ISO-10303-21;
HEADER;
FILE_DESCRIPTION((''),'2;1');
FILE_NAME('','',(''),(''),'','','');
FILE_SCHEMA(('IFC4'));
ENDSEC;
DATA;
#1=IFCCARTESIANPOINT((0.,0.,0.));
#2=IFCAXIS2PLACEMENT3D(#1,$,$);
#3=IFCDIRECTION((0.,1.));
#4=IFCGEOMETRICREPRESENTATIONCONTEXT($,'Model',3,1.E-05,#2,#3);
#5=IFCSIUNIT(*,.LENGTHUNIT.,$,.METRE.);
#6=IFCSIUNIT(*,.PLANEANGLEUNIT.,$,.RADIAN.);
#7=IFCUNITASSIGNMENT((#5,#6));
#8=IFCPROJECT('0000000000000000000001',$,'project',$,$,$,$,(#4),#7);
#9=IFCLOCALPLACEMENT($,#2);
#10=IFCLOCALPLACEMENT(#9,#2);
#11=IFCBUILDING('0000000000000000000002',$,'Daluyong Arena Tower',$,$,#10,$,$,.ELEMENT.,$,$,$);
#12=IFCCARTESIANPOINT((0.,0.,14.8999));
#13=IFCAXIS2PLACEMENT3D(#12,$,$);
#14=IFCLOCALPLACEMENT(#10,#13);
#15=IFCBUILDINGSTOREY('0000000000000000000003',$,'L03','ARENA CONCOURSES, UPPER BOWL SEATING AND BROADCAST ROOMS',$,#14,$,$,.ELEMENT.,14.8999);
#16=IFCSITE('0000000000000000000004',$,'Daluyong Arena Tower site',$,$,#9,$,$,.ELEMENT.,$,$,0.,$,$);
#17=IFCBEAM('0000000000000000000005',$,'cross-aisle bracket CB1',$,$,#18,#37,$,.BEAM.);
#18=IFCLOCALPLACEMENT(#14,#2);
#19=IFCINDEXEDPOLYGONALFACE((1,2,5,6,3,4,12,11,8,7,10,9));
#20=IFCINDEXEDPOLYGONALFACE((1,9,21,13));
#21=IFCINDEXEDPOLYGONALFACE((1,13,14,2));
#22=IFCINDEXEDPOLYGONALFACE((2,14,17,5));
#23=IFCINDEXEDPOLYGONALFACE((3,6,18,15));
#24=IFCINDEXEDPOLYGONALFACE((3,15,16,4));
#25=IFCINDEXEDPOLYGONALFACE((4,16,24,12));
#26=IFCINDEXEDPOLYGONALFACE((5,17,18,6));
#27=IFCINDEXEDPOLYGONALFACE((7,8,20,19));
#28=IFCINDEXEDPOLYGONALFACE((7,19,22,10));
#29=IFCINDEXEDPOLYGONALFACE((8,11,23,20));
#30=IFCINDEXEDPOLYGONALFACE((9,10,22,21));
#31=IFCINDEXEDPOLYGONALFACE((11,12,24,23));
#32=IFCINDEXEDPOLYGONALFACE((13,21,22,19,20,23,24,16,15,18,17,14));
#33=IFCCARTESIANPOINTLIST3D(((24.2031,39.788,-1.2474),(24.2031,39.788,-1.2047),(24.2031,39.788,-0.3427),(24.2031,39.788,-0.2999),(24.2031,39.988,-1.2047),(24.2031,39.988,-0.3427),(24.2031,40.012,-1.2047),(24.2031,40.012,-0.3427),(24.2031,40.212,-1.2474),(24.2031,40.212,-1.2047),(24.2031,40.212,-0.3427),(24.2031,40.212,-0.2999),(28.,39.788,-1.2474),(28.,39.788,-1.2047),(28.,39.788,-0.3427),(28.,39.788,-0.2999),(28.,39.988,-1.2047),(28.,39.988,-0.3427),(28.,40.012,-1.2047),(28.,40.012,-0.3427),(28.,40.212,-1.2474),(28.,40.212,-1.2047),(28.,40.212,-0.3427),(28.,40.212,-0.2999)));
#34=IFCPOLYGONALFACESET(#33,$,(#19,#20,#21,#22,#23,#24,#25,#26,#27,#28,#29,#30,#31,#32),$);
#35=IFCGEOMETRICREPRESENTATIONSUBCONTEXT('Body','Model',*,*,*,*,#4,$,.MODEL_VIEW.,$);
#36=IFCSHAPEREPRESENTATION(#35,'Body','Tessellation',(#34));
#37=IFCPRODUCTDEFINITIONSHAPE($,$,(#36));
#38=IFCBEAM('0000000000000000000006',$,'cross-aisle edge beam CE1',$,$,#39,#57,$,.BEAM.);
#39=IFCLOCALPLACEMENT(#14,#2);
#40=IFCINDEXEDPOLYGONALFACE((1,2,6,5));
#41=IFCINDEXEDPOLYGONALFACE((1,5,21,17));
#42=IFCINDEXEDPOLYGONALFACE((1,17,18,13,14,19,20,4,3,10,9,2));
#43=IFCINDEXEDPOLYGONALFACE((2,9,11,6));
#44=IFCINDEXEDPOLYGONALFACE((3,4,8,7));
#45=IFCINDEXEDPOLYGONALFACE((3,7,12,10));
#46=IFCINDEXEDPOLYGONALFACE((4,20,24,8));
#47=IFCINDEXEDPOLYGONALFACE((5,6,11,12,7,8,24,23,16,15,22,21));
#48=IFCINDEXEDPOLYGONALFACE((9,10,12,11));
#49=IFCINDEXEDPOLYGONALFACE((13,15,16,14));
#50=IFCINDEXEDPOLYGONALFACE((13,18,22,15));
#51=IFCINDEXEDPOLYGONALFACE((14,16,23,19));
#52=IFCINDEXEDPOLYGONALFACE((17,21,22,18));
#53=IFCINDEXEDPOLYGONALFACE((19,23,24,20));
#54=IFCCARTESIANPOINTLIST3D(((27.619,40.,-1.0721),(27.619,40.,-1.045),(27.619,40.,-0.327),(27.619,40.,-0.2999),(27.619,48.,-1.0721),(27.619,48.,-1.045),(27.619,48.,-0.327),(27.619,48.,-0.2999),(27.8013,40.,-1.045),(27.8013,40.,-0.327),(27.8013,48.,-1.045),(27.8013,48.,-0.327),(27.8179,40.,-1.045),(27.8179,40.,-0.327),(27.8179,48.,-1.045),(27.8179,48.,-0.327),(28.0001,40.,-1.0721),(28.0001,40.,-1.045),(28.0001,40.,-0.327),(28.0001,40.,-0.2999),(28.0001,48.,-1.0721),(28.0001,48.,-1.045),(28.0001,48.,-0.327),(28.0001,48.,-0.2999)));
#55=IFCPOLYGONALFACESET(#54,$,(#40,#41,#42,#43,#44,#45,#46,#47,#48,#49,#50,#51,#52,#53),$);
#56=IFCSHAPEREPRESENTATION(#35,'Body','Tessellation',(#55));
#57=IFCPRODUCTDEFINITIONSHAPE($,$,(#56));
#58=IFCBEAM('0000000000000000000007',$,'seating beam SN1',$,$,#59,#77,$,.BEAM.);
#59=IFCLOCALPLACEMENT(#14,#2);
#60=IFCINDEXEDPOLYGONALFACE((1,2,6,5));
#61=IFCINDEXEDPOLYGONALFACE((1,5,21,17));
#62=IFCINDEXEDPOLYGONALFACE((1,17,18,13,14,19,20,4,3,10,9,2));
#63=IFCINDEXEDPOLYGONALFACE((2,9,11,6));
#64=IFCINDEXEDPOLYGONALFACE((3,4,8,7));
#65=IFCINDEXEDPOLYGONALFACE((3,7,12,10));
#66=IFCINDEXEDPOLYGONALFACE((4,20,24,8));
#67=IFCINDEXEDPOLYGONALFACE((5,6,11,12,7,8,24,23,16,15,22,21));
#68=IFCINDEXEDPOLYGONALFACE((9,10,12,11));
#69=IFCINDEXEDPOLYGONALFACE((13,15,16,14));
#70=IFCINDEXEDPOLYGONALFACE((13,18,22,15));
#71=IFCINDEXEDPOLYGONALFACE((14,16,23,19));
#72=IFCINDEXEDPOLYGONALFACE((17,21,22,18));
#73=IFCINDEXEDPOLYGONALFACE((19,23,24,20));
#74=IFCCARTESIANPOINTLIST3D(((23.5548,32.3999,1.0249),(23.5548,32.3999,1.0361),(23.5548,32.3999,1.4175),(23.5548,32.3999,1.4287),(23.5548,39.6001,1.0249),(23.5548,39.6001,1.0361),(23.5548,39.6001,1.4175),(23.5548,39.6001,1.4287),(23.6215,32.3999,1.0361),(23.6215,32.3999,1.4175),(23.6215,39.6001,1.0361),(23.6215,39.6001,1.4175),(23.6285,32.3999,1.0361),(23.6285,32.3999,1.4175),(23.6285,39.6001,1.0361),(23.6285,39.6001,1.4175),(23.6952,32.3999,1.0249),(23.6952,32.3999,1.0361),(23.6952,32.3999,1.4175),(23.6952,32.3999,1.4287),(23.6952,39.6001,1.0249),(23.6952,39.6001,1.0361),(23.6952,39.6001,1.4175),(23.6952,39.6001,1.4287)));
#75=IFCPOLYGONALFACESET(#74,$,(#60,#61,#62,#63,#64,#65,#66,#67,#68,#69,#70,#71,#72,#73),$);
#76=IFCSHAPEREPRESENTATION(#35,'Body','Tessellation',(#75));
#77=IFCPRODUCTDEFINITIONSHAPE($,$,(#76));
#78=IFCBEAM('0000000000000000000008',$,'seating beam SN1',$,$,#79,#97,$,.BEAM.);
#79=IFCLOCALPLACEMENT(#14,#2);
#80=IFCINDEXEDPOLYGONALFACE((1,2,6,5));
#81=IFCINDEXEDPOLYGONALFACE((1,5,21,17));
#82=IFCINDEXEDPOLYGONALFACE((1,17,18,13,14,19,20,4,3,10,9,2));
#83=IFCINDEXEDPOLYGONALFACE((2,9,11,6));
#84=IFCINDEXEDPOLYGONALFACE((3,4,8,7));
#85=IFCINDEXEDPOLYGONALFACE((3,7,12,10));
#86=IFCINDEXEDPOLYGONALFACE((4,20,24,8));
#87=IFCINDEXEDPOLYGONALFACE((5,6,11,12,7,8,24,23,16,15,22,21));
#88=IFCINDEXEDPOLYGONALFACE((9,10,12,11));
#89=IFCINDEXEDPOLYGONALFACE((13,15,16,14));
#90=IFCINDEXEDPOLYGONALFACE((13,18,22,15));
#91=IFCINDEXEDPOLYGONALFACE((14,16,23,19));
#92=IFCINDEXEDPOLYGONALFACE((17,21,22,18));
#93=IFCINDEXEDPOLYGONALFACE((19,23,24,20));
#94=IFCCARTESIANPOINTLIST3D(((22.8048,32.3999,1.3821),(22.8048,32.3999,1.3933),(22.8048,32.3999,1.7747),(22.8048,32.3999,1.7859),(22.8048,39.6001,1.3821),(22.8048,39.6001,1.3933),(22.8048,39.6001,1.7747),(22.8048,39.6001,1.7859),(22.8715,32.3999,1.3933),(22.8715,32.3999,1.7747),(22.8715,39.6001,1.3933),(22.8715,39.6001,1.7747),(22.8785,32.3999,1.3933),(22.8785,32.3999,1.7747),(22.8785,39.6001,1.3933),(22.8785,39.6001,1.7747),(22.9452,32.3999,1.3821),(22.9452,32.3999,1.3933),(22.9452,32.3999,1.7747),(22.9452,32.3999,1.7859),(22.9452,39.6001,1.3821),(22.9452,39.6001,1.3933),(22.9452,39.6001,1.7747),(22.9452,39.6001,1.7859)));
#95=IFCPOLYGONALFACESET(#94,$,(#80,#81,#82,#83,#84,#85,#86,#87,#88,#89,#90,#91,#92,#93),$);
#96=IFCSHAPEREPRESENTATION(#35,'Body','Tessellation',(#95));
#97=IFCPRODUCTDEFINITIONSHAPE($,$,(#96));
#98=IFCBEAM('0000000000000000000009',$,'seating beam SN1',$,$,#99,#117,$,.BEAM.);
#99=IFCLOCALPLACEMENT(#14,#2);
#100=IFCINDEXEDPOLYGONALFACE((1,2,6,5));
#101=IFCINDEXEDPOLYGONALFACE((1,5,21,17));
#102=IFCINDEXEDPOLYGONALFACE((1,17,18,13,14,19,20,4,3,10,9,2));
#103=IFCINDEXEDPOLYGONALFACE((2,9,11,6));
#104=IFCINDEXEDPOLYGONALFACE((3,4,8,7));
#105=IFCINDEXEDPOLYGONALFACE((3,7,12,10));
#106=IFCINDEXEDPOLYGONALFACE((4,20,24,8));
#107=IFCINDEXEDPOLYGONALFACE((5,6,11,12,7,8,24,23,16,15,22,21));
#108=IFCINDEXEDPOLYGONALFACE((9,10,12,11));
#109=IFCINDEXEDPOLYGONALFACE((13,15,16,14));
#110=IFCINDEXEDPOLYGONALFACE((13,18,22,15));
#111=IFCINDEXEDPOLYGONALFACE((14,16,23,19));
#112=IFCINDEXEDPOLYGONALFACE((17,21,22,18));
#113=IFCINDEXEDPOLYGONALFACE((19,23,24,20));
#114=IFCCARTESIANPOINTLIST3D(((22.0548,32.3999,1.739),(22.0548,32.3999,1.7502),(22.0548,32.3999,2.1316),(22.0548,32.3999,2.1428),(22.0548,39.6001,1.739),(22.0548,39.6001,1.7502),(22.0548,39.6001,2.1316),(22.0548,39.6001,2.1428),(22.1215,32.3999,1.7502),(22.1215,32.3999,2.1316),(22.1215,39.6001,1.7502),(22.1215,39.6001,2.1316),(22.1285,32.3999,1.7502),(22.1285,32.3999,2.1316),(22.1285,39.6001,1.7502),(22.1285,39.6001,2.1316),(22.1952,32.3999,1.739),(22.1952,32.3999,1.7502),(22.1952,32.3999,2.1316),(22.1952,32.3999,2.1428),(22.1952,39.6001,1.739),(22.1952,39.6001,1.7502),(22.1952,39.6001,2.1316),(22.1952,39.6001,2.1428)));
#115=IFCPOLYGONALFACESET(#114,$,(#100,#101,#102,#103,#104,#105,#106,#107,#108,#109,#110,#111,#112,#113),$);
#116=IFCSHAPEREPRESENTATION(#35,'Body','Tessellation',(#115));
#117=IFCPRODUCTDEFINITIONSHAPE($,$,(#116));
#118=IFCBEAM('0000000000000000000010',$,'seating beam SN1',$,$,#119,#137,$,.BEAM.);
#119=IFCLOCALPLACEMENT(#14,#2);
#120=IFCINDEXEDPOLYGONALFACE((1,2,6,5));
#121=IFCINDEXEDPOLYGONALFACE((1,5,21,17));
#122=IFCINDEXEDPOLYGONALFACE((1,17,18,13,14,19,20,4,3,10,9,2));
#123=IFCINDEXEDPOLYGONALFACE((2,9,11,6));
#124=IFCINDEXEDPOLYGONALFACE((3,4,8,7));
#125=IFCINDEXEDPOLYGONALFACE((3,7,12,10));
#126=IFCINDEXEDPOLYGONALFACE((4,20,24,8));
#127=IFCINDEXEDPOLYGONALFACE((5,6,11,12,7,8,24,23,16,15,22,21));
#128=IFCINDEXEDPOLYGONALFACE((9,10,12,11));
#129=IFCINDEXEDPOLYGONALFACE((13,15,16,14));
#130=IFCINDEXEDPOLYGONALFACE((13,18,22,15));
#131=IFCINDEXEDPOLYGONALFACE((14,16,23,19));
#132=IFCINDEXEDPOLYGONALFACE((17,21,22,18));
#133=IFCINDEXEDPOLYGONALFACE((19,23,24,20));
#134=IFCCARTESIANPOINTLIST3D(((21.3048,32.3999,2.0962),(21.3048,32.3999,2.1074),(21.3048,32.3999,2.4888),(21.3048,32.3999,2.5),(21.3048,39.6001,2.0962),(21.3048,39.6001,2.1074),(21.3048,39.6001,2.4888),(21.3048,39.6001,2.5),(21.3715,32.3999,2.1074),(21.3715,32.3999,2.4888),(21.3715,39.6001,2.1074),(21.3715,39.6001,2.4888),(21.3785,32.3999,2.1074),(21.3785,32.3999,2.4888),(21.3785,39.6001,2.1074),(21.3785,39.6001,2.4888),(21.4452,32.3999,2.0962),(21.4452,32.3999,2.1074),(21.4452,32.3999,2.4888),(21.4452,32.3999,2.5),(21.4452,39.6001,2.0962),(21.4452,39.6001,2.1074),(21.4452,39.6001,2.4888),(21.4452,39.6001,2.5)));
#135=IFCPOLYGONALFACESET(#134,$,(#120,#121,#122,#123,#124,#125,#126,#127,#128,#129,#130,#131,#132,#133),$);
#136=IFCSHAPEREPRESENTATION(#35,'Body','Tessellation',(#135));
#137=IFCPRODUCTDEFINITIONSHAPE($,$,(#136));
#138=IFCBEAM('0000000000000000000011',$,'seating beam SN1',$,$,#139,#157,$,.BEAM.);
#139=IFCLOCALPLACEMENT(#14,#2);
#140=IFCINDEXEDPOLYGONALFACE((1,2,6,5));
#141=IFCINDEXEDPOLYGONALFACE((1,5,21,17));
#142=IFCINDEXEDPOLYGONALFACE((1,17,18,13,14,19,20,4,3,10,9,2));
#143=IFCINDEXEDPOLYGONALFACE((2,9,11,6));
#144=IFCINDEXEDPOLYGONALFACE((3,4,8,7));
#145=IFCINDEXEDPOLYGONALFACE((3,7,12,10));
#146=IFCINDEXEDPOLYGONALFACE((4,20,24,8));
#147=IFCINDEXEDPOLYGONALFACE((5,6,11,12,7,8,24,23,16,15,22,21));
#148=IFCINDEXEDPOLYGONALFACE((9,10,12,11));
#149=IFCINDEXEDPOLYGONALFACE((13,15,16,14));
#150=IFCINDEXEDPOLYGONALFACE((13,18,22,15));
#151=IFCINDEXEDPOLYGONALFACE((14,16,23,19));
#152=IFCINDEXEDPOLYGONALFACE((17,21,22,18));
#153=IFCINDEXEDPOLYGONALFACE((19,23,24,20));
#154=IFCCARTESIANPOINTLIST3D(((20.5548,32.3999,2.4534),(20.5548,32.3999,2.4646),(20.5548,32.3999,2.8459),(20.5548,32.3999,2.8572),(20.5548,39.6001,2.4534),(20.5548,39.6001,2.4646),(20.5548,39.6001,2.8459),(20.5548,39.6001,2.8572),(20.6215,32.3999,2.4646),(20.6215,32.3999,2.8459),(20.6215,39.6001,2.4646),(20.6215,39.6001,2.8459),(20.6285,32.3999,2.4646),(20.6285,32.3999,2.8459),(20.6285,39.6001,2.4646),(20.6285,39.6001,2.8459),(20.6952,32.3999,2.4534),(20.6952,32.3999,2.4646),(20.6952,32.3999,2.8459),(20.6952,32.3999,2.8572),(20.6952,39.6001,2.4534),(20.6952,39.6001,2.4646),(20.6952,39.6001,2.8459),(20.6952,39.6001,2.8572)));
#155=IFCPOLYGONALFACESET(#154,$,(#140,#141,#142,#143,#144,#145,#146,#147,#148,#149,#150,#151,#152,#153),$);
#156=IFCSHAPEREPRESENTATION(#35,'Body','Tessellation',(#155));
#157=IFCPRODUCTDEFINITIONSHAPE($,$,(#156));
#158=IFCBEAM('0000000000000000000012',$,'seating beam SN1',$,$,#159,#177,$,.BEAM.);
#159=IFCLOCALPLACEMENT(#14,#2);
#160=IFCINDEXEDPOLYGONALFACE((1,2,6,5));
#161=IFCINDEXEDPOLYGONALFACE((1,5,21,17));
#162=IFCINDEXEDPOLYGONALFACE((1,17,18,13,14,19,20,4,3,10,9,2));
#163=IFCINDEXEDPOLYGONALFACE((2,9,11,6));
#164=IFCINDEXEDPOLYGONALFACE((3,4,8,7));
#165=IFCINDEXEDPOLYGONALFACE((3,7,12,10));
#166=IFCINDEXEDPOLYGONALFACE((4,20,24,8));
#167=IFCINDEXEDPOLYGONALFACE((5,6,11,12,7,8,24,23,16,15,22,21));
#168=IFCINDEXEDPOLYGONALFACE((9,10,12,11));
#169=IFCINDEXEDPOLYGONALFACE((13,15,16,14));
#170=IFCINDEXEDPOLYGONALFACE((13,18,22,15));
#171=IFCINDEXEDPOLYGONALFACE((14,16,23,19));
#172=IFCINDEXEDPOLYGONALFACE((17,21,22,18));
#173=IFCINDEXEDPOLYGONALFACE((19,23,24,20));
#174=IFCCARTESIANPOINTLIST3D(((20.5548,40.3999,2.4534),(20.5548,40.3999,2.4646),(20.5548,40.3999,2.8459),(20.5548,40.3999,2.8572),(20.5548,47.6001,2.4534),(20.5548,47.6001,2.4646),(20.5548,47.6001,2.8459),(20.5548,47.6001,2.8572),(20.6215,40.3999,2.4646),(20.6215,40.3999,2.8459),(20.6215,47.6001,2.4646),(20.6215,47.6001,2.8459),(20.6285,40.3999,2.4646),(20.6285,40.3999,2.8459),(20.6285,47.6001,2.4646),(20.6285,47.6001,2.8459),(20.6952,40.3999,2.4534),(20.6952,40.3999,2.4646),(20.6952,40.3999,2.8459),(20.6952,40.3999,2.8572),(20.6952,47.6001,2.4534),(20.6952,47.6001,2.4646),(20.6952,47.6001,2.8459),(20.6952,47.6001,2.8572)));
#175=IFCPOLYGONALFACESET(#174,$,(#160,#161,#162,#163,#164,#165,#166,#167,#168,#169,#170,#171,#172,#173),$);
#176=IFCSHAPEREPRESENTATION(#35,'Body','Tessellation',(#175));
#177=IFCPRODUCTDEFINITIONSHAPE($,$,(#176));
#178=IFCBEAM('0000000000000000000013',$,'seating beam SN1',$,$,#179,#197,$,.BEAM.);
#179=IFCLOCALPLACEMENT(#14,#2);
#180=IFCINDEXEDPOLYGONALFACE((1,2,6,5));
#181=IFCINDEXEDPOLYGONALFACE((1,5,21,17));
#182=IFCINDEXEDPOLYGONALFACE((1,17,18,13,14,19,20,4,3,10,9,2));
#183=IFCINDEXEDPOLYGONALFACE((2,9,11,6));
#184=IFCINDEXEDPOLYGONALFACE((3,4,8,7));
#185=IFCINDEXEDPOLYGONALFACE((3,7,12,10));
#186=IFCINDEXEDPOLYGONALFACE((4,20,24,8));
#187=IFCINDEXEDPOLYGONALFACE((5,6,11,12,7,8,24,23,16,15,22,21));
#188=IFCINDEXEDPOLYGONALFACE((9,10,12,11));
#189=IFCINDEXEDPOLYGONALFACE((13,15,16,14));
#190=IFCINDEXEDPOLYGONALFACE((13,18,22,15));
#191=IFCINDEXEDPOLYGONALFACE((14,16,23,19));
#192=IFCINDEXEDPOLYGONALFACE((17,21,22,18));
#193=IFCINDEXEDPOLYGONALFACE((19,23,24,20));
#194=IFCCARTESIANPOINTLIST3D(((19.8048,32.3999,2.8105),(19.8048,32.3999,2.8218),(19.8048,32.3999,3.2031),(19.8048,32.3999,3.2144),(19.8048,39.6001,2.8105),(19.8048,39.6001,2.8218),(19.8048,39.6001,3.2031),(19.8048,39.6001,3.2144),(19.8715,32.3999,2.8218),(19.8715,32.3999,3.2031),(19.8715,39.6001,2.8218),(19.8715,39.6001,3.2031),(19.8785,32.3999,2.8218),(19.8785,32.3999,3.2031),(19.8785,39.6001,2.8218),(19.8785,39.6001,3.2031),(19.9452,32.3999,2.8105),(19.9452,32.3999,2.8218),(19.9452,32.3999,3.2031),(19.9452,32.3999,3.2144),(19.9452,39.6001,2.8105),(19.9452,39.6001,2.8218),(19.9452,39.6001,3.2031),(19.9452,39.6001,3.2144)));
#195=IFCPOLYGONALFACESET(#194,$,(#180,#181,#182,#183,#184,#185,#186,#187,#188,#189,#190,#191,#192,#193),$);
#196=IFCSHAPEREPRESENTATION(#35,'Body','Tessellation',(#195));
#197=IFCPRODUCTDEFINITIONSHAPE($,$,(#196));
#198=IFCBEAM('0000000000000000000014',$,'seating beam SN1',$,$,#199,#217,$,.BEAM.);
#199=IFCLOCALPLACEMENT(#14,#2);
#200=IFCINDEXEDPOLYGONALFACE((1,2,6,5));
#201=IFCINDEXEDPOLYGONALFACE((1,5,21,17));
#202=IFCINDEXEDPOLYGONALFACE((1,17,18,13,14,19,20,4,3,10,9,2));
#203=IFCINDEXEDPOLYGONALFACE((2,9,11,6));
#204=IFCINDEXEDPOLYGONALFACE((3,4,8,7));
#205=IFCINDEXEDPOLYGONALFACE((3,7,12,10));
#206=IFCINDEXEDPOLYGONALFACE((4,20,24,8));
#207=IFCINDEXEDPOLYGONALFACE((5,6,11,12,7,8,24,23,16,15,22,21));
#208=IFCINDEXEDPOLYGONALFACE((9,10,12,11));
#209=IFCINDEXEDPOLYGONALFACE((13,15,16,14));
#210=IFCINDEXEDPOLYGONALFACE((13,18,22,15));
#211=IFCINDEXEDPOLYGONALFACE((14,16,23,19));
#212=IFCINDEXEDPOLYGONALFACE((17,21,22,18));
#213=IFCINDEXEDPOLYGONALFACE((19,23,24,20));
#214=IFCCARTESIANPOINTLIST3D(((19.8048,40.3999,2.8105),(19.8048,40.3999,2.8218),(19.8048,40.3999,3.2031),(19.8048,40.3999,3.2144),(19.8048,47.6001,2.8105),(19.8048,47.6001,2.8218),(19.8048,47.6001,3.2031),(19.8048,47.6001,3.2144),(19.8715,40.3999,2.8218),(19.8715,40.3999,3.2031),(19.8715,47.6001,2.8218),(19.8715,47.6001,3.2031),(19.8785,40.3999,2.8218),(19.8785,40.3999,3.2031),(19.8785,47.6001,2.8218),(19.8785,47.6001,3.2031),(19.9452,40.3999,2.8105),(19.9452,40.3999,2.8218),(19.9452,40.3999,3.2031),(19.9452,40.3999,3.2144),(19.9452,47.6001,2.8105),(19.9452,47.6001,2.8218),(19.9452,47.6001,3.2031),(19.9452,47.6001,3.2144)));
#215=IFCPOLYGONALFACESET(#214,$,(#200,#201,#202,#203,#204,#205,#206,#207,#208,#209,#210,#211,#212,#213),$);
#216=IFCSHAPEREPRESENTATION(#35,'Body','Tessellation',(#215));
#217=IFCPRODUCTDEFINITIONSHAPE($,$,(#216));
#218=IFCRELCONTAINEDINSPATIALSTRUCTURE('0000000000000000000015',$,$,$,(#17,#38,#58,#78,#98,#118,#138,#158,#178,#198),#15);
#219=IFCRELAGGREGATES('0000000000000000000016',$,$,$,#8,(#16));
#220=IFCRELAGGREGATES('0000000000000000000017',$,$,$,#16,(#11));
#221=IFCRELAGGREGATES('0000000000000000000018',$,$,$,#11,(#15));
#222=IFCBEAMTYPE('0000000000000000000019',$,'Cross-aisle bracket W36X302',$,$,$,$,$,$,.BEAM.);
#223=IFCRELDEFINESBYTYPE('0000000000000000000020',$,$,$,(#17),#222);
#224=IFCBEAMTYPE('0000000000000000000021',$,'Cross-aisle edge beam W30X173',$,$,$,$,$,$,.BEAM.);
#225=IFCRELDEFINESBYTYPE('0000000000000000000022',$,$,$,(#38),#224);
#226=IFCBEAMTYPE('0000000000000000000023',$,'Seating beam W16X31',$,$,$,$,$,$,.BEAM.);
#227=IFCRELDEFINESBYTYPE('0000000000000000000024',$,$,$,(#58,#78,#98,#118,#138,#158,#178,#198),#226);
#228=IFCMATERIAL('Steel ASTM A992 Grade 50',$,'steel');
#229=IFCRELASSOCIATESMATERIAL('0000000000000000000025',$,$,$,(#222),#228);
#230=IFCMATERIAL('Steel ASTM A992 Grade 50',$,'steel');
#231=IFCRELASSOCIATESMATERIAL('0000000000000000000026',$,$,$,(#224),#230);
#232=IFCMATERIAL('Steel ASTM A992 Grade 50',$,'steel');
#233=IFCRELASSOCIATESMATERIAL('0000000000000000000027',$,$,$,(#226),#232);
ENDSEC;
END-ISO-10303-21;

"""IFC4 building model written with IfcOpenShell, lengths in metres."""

from ifc_helpers import new_model, si_unit, direction, frame, origin, origin_2d, place, context, subcontext, project, spatial, i_section, extrude, material, material_profile, profile_set, type_object, element, save


model = new_model("IFC4")

# Units and contexts
model_context = context("Model", 3, precision=1e-05, world=origin(), true_north=direction((0.0, 1.0)))
body_context = subcontext(model_context, "Body", "Model", "MODEL_VIEW")
ifc_project = project(units=[si_unit("LENGTHUNIT", "METRE"), si_unit("PLANEANGLEUNIT", "RADIAN")], contexts=[model_context])

# Site, building, storey
site_placement = place(None, origin())
site = spatial("IfcSite", under=ifc_project, at=site_placement, Name="Daluyong Arena Tower site", CompositionType="ELEMENT", RefElevation=0.0)
building_placement = place(site_placement, origin())
building = spatial("IfcBuilding", under=site, at=building_placement, Name="Daluyong Arena Tower", CompositionType="ELEMENT")
storey_placement = place(building_placement, frame((0.0, 0.0, 14.8999)))
storey = spatial("IfcBuildingStorey", under=building, at=storey_placement, Name="L03", Description="ARENA CONCOURSES, UPPER BOWL SEATING AND BROADCAST ROOMS", CompositionType="ELEMENT", Elevation=14.8999)

# Beams
ifc_material_1 = material(Name="Steel ASTM A992 Grade 50", Category="steel")
ifc_material_profile_1 = material_profile(ifc_material_1, i_section(OverallWidth=0.4241, OverallDepth=0.9475, WebThickness=0.0239, FlangeThickness=0.0427, at=origin_2d()))
ifc_profile_set_1 = profile_set([ifc_material_profile_1], Name="Steel ASTM A992 Grade 50")
beam_type_1 = type_object("IfcBeamType", Name="Cross-aisle bracket W36X302", PredefinedType="BEAM", material=ifc_profile_set_1)
beam_1_placement = place(storey_placement, frame((24.2031, 40.0, -0.7737), z_axis=(1.0, 0.0, 0.0), x_axis=(0.0, 1.0, 0.0)))
element("IfcBeam", 1, at=beam_1_placement, inside=storey, type_object=beam_type_1, Name="cross-aisle bracket CB1", PredefinedType="BEAM", context=body_context, shape_type="SweptSolid", body=[
    extrude(i_section(OverallWidth=0.4241, OverallDepth=0.9475, WebThickness=0.0239, FlangeThickness=0.0427, at=origin_2d()), origin(), (0.0, 0.0, 1.0), 3.7969),
])
ifc_material_2 = material(Name="Steel ASTM A992 Grade 50", Category="steel")
ifc_material_profile_2 = material_profile(ifc_material_2, i_section(OverallWidth=0.3811, OverallDepth=0.7722, WebThickness=0.0166, FlangeThickness=0.0271, at=origin_2d()))
ifc_profile_set_2 = profile_set([ifc_material_profile_2], Name="Steel ASTM A992 Grade 50")
beam_type_2 = type_object("IfcBeamType", Name="Cross-aisle edge beam W30X173", PredefinedType="BEAM", material=ifc_profile_set_2)
beam_2_placement = place(storey_placement, frame((27.8096, 40.0, -0.686), z_axis=(0.0, 1.0, 0.0), x_axis=(-1.0, 0.0, 0.0)))
element("IfcBeam", 2, at=beam_2_placement, inside=storey, type_object=beam_type_2, Name="cross-aisle edge beam CE1", PredefinedType="BEAM", context=body_context, shape_type="SweptSolid", body=[
    extrude(i_section(OverallWidth=0.3811, OverallDepth=0.7722, WebThickness=0.0166, FlangeThickness=0.0271, at=origin_2d()), origin(), (0.0, 0.0, 1.0), 8.0),
])
ifc_material_3 = material(Name="Steel ASTM A992 Grade 50", Category="steel")
ifc_material_profile_3 = material_profile(ifc_material_3, i_section(OverallWidth=0.1404, OverallDepth=0.4038, WebThickness=0.0071, FlangeThickness=0.0112, at=origin_2d()))
ifc_profile_set_3 = profile_set([ifc_material_profile_3], Name="Steel ASTM A992 Grade 50")
beam_type_3 = type_object("IfcBeamType", Name="Seating beam W16X31", PredefinedType="BEAM", material=ifc_profile_set_3)
for number, where, z_axis, x_axis, name in (
    (3, (23.625, 32.3999, 1.2268), (0.0, 1.0, 0.0), (-1.0, 0.0, 0.0), "seating beam SN1"),
    (4, (22.875, 32.3999, 1.584), (0.0, 1.0, 0.0), (-1.0, 0.0, 0.0), "seating beam SN1"),
    (5, (22.125, 32.3999, 1.9409), (0.0, 1.0, 0.0), (-1.0, 0.0, 0.0), "seating beam SN1"),
    (6, (21.375, 32.3999, 2.2981), (0.0, 1.0, 0.0), (-1.0, 0.0, 0.0), "seating beam SN1"),
    (7, (20.625, 32.3999, 2.6553), (0.0, 1.0, 0.0), (-1.0, 0.0, 0.0), "seating beam SN1"),
    (8, (20.625, 40.3999, 2.6553), (0.0, 1.0, 0.0), (-1.0, 0.0, 0.0), "seating beam SN1"),
    (9, (19.875, 32.3999, 3.0125), (0.0, 1.0, 0.0), (-1.0, 0.0, 0.0), "seating beam SN1"),
    (10, (19.875, 40.3999, 3.0125), (0.0, 1.0, 0.0), (-1.0, 0.0, 0.0), "seating beam SN1"),
):
    element("IfcBeam", number, at=place(storey_placement, frame(where, z_axis=z_axis, x_axis=x_axis)), inside=storey, type_object=beam_type_3, Name=name, PredefinedType="BEAM", context=body_context, shape_type="SweptSolid", body=[
        extrude(i_section(OverallWidth=0.1404, OverallDepth=0.4038, WebThickness=0.0071, FlangeThickness=0.0112, at=origin_2d()), origin(), (0.0, 0.0, 1.0), 7.2002),
    ])

save(model, "model.ifc")
